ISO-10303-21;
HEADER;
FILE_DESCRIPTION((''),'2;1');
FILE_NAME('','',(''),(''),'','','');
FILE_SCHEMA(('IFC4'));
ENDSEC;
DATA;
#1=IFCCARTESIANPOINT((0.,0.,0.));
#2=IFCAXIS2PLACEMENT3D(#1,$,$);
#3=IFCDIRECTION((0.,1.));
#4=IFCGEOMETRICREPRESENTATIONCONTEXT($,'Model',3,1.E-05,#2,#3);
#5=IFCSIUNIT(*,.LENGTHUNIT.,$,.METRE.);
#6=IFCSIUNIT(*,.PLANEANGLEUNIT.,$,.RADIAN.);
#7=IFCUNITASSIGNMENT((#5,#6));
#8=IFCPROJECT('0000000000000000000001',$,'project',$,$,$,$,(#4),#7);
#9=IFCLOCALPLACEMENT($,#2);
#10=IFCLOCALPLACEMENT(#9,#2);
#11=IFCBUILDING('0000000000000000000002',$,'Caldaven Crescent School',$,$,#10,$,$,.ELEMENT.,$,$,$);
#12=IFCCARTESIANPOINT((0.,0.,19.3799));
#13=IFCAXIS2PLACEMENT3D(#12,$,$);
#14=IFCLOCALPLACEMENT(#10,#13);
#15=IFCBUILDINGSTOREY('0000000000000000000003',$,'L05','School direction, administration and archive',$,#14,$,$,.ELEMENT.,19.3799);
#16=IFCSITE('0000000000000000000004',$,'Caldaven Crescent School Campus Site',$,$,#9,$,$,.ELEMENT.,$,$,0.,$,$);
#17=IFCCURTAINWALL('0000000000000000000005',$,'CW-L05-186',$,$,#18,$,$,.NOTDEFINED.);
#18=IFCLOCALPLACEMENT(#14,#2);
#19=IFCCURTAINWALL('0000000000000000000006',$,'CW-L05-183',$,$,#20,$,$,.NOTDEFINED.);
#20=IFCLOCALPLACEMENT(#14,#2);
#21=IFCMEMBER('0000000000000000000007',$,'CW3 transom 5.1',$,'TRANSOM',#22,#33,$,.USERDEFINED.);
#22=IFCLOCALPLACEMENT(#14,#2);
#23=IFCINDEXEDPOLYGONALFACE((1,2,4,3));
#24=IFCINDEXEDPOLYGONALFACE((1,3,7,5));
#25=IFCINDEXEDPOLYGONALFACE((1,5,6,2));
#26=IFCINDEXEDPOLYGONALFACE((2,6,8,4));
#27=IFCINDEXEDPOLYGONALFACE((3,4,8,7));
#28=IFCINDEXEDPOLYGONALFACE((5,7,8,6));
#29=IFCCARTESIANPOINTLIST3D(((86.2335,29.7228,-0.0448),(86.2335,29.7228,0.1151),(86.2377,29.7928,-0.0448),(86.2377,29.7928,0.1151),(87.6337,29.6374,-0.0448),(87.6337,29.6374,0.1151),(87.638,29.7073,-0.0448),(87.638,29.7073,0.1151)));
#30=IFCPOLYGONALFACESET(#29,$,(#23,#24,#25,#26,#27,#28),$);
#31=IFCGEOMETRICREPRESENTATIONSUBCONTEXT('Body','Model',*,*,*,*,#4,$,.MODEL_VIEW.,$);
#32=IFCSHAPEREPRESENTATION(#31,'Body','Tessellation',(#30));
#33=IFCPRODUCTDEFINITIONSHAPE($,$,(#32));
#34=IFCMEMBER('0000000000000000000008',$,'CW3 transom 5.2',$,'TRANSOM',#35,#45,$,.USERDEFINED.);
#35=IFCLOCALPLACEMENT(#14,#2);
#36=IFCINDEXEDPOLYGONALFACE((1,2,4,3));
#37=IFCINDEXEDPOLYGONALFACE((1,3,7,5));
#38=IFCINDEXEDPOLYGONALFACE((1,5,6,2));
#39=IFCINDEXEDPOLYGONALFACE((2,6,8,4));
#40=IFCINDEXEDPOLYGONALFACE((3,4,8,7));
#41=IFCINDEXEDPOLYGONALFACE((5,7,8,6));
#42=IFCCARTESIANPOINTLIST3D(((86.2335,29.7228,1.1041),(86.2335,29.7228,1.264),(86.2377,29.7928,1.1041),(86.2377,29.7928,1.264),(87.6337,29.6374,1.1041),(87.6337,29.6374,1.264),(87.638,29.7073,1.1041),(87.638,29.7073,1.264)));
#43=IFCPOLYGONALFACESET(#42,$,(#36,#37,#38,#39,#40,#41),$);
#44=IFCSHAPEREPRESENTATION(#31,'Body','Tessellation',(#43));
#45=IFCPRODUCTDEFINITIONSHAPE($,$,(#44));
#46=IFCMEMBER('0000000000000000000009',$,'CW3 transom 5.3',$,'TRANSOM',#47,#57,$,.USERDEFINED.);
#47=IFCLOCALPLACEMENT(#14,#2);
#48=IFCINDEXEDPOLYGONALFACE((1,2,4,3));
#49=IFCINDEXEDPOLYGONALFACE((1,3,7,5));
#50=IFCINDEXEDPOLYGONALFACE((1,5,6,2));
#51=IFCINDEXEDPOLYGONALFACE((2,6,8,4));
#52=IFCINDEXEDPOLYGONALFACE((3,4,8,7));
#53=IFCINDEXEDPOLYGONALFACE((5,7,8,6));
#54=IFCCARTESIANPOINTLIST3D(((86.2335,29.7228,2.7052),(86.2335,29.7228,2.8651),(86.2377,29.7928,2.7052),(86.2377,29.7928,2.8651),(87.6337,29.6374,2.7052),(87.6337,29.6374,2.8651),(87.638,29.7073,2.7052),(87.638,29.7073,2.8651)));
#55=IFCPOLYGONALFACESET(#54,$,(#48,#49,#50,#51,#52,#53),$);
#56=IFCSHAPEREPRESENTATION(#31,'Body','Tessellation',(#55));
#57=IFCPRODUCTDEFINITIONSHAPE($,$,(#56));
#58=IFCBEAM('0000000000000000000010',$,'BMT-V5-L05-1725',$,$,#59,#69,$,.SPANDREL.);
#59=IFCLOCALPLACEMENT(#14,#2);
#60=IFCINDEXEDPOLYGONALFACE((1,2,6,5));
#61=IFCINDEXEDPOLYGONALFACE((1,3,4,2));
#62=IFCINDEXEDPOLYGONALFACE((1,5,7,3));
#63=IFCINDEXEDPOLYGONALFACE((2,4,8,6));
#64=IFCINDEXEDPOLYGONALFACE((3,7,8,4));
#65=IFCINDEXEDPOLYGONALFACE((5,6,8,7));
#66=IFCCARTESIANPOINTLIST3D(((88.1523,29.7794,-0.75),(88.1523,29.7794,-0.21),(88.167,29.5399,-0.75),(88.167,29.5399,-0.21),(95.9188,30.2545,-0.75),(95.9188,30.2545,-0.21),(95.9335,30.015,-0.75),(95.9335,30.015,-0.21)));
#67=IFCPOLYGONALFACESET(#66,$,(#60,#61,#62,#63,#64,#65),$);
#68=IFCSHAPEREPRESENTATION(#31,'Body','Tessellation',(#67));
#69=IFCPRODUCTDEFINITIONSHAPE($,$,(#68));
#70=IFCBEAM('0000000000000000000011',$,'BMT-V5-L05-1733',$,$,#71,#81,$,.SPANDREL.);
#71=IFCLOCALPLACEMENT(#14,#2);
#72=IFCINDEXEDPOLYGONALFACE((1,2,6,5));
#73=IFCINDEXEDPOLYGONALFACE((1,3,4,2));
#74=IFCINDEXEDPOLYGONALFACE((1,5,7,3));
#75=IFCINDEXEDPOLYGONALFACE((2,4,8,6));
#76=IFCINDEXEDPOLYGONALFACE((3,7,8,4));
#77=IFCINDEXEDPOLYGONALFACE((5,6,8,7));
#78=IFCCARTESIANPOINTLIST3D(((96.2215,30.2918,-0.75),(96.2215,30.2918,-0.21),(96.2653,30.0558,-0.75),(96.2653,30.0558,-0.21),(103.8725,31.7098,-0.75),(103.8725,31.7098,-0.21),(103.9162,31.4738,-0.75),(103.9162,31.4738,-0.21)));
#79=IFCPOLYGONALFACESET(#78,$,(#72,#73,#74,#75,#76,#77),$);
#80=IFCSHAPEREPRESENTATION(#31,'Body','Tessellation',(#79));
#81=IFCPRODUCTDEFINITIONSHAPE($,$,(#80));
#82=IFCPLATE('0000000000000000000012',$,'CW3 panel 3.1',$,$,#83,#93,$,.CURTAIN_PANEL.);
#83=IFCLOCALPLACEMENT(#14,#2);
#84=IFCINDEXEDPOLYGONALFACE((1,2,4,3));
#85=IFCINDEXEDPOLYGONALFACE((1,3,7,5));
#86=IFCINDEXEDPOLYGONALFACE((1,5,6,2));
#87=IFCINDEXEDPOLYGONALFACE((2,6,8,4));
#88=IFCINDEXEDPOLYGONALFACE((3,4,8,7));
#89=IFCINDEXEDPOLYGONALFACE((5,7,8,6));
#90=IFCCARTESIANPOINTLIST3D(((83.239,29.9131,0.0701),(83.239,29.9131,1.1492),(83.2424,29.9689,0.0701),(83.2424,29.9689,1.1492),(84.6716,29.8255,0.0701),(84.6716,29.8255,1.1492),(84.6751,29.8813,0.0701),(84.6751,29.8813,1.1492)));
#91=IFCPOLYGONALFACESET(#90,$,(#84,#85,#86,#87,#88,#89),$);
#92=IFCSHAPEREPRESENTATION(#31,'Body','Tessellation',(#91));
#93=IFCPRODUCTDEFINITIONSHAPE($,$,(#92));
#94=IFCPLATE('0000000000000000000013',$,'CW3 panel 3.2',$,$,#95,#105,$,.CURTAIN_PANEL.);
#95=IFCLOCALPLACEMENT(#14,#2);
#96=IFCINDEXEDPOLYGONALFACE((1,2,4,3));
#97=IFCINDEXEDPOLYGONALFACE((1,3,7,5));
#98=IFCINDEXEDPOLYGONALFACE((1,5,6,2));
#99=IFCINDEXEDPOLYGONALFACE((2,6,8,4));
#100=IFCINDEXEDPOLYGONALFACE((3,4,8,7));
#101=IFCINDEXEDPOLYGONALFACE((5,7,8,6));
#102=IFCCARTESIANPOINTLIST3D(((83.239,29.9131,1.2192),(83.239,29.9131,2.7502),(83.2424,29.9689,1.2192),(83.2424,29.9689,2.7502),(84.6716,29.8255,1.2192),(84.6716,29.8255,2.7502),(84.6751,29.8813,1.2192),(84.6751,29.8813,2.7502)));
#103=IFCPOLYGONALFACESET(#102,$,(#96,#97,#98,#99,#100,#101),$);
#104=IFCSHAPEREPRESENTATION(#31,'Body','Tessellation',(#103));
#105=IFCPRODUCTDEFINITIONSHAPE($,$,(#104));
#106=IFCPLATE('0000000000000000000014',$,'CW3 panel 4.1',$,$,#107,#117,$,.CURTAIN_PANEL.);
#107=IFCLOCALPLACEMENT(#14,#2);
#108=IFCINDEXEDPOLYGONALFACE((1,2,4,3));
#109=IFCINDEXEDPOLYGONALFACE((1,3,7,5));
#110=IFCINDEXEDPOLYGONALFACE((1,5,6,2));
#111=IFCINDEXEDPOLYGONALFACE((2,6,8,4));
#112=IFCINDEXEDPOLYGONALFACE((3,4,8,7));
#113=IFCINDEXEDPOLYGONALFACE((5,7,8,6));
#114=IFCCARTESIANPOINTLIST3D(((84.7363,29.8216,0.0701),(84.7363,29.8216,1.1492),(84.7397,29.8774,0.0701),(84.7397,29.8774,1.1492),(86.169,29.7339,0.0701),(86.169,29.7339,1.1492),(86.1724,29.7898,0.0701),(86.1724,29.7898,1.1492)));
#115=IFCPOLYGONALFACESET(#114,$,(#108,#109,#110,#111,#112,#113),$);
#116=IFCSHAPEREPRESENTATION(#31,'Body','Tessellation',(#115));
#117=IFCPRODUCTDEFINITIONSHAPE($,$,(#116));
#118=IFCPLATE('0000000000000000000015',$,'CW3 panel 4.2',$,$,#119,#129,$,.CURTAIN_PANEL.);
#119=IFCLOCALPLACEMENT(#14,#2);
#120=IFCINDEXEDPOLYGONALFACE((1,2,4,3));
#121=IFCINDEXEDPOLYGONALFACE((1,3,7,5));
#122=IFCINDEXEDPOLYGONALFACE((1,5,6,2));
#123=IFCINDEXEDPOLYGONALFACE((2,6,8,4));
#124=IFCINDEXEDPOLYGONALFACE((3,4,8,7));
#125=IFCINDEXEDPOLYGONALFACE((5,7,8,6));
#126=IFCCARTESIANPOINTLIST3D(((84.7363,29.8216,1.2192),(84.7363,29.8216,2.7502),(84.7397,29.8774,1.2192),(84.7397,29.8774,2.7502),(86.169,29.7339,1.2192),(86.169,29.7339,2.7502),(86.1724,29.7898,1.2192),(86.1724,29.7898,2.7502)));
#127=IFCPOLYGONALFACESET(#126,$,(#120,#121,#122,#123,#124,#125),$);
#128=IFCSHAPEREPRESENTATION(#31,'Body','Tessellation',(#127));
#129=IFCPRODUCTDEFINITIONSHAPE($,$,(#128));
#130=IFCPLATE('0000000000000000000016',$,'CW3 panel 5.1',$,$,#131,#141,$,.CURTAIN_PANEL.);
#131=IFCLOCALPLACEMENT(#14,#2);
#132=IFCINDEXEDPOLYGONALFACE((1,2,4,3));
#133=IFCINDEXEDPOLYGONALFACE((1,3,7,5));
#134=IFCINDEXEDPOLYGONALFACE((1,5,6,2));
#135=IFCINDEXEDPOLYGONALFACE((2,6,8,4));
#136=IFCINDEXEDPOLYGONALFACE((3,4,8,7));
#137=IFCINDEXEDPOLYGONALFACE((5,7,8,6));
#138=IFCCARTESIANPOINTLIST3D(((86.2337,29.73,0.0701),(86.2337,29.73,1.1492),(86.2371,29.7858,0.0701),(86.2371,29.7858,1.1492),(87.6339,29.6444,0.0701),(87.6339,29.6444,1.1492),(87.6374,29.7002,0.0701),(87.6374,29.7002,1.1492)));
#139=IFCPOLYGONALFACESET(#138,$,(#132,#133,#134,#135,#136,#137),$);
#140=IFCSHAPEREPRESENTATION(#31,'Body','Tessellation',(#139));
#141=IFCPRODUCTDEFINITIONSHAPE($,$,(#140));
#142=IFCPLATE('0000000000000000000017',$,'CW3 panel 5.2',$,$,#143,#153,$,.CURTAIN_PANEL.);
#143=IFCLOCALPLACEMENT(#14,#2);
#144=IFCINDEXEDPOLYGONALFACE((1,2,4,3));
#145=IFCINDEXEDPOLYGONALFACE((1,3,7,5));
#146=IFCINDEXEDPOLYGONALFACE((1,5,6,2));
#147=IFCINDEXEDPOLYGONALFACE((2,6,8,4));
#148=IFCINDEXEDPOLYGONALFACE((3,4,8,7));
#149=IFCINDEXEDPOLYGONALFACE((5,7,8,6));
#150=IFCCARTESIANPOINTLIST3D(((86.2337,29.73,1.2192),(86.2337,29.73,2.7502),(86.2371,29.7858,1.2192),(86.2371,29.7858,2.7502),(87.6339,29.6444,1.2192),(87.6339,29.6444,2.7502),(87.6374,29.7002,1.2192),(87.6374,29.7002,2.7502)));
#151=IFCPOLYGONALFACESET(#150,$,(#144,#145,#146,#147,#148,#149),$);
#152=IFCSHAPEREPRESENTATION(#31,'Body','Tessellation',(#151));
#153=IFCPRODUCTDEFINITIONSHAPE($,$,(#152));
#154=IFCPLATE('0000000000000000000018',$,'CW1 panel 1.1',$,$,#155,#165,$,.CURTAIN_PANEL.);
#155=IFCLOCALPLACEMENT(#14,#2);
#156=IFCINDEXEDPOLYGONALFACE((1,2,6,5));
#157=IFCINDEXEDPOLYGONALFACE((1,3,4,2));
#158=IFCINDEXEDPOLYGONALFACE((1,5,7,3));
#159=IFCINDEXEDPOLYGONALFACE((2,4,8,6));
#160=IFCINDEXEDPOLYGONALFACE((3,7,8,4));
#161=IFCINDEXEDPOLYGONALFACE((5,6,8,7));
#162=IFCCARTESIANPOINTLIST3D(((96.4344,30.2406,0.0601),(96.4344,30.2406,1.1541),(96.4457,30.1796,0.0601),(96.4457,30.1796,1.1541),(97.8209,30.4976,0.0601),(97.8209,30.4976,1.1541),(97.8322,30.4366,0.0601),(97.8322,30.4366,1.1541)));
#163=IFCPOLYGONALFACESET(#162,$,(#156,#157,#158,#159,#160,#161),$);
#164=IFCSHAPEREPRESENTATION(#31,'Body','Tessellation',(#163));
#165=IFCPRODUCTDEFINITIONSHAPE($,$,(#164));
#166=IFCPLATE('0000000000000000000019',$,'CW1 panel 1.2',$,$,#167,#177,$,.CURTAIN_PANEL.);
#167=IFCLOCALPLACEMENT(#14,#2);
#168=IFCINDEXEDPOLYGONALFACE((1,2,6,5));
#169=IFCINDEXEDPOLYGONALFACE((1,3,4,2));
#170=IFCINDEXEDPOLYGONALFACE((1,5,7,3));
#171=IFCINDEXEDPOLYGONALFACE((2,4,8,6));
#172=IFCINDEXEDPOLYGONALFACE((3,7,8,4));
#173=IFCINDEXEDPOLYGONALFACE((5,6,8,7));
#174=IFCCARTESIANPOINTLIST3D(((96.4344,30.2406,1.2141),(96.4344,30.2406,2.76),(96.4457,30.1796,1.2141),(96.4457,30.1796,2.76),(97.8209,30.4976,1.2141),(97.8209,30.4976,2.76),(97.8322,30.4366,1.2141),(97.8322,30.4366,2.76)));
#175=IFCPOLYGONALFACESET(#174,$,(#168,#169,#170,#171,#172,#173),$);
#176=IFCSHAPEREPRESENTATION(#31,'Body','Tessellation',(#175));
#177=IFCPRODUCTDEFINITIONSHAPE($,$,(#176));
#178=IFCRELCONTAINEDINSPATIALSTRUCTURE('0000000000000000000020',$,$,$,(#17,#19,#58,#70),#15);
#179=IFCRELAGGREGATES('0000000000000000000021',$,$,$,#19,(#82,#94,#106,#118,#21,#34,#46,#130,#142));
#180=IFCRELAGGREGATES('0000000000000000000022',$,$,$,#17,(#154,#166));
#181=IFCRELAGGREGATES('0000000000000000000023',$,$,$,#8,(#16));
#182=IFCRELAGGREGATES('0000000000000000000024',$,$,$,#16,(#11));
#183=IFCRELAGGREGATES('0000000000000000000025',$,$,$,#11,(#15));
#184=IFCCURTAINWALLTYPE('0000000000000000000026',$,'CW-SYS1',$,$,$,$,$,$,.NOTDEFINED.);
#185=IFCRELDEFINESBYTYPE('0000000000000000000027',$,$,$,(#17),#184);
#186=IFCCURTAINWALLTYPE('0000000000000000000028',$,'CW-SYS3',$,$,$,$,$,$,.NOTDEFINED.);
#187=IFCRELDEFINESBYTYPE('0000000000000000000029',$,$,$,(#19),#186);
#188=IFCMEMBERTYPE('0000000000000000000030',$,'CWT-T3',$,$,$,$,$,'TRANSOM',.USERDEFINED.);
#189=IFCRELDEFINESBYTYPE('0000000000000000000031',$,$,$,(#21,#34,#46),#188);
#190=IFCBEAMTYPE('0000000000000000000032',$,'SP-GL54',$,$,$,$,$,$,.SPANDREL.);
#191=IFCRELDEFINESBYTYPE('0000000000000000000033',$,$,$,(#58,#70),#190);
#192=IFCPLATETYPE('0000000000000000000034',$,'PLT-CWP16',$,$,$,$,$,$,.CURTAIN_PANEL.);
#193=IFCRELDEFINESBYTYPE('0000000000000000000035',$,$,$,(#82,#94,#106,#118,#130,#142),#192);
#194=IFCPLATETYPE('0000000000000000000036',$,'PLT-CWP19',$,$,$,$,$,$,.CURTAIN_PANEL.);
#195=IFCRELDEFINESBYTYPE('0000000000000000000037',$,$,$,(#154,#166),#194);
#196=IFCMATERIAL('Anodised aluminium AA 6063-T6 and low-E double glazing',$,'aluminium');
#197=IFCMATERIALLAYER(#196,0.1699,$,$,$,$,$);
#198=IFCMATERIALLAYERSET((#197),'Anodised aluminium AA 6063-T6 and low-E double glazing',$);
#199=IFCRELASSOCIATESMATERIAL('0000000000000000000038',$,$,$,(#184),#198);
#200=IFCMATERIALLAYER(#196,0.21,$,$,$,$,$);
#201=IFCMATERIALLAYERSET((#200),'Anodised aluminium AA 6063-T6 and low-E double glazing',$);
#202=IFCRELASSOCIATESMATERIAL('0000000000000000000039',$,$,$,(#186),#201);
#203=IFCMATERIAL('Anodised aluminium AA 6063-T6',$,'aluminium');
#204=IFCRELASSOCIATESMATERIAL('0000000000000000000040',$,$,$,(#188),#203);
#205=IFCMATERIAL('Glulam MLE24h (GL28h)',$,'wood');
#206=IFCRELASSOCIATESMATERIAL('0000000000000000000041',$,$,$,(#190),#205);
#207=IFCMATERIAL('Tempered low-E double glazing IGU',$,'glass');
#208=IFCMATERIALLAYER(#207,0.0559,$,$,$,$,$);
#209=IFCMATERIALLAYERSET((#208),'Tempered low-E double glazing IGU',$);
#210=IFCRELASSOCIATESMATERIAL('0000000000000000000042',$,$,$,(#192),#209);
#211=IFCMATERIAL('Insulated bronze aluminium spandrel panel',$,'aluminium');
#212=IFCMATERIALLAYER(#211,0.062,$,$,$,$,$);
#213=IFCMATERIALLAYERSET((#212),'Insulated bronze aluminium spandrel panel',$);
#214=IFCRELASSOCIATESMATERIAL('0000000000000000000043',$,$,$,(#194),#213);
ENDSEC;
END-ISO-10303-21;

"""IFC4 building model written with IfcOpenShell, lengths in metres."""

from ifc_helpers import new_model, si_unit, direction, frame, origin, origin_2d, place, context, subcontext, project, spatial, rectangle, extrude, material, layer, layer_set, material_profile, profile_set, type_object, element, aggregate, save


model = new_model("IFC4")

# Units and contexts
model_context = context("Model", 3, precision=1e-05, world=origin(), true_north=direction((0.0, 1.0)))
body_context = subcontext(model_context, "Body", "Model", "MODEL_VIEW")
ifc_project = project(units=[si_unit("LENGTHUNIT", "METRE"), si_unit("PLANEANGLEUNIT", "RADIAN")], contexts=[model_context])

# Site, building, storey
site_placement = place(None, origin())
site = spatial("IfcSite", under=ifc_project, at=site_placement, Name="Caldaven Crescent School Campus Site", CompositionType="ELEMENT", RefElevation=0.0)
building_placement = place(site_placement, origin())
building = spatial("IfcBuilding", under=site, at=building_placement, Name="Caldaven Crescent School", CompositionType="ELEMENT")
storey_placement = place(building_placement, frame((0.0, 0.0, 19.3799)))
storey = spatial("IfcBuildingStorey", under=building, at=storey_placement, Name="L05", Description="School direction, administration and archive", CompositionType="ELEMENT", Elevation=19.3799)

# Shared definitions
ifc_material_1 = material(Name="Glulam MLE24h (GL28h)", Category="wood")

# Curtain walls
ifc_material_2 = material(Name="Anodised aluminium AA 6063-T6 and low-E double glazing", Category="aluminium")
ifc_layer_1 = layer(ifc_material_2, 0.1699)
ifc_layer_set_1 = layer_set([ifc_layer_1], Name="Anodised aluminium AA 6063-T6 and low-E double glazing")
curtain_wall_type_1 = type_object("IfcCurtainWallType", Name="CW-SYS1", PredefinedType="NOTDEFINED", material=ifc_layer_set_1)
curtain_wall_1_placement = place(storey_placement, origin())
curtain_wall_1 = element("IfcCurtainWall", 1, at=curtain_wall_1_placement, inside=storey, type_object=curtain_wall_type_1, Name="CW-L05-186", PredefinedType="NOTDEFINED")
ifc_material_3 = material(Name="Anodised aluminium AA 6063-T6", Category="aluminium")
ifc_layer_2 = layer(ifc_material_2, 0.21)
ifc_layer_set_2 = layer_set([ifc_layer_2], Name="Anodised aluminium AA 6063-T6 and low-E double glazing")
curtain_wall_type_2 = type_object("IfcCurtainWallType", Name="CW-SYS3", PredefinedType="NOTDEFINED", material=ifc_layer_set_2)
curtain_wall_2_placement = place(storey_placement, origin())
curtain_wall_2 = element("IfcCurtainWall", 2, at=curtain_wall_2_placement, inside=storey, type_object=curtain_wall_type_2, Name="CW-L05-183", PredefinedType="NOTDEFINED")

# Members
ifc_material_profile_1 = material_profile(ifc_material_3, rectangle(XDim=0.0701, YDim=0.1599, at=origin_2d()), Name="CWT 70x160")
ifc_profile_set_1 = profile_set([ifc_material_profile_1], Name="Anodised aluminium AA 6063-T6")
member_type_1 = type_object("IfcMemberType", Name="CWT-T3", ElementType="TRANSOM", PredefinedType="USERDEFINED", material=ifc_profile_set_1)
member_1_placement = place(storey_placement, frame((86.2356, 29.7578, 0.0352), z_axis=(0.998143, -0.060915, 0.0), x_axis=(0.060915, 0.998143, 0.0)))
member_1 = element("IfcMember", 3, at=member_1_placement, type_object=member_type_1, Name="CW3 transom 5.1", ObjectType="TRANSOM", PredefinedType="USERDEFINED", context=body_context, shape_type="SweptSolid", body=[
    extrude(rectangle(XDim=0.0701, YDim=0.1599, at=origin_2d()), origin(), (0.0, 0.0, 1.0), 1.4028),
])
member_2_placement = place(storey_placement, frame((86.2356, 29.7578, 1.1841), z_axis=(0.998143, -0.060915, 0.0), x_axis=(0.060915, 0.998143, 0.0)))
member_2 = element("IfcMember", 4, at=member_2_placement, type_object=member_type_1, Name="CW3 transom 5.2", ObjectType="TRANSOM", PredefinedType="USERDEFINED", context=body_context, shape_type="SweptSolid", body=[
    extrude(rectangle(XDim=0.0701, YDim=0.1599, at=origin_2d()), origin(), (0.0, 0.0, 1.0), 1.4028),
])
member_3_placement = place(storey_placement, frame((86.2356, 29.7578, 2.7852), z_axis=(0.998143, -0.060915, 0.0), x_axis=(0.060915, 0.998143, 0.0)))
member_3 = element("IfcMember", 5, at=member_3_placement, type_object=member_type_1, Name="CW3 transom 5.3", ObjectType="TRANSOM", PredefinedType="USERDEFINED", context=body_context, shape_type="SweptSolid", body=[
    extrude(rectangle(XDim=0.0701, YDim=0.1599, at=origin_2d()), origin(), (0.0, 0.0, 1.0), 1.4028),
])

# Beams
ifc_material_profile_2 = material_profile(ifc_material_1, rectangle(XDim=0.24, YDim=0.54, at=origin_2d()), Name="MLE 240x540")
ifc_profile_set_2 = profile_set([ifc_material_profile_2], Name="Glulam MLE24h (GL28h)")
beam_type = type_object("IfcBeamType", Name="SP-GL54", PredefinedType="SPANDREL", material=ifc_profile_set_2)
beam_1_placement = place(storey_placement, frame((88.1597, 29.6597, -0.48), z_axis=(0.998134, 0.061058, 0.0), x_axis=(-0.061058, 0.998134, 0.0)))
element("IfcBeam", 6, at=beam_1_placement, inside=storey, type_object=beam_type, Name="BMT-V5-L05-1725", PredefinedType="SPANDREL", context=body_context, shape_type="SweptSolid", body=[
    extrude(rectangle(XDim=0.24, YDim=0.54, at=origin_2d()), origin(), (0.0, 0.0, 1.0), 7.781),
])
beam_2_placement = place(storey_placement, frame((96.2434, 30.1738, -0.48), z_axis=(0.983256, 0.182231, 0.0), x_axis=(-0.182231, 0.983256, 0.0)))
element("IfcBeam", 7, at=beam_2_placement, inside=storey, type_object=beam_type, Name="BMT-V5-L05-1733", PredefinedType="SPANDREL", context=body_context, shape_type="SweptSolid", body=[
    extrude(rectangle(XDim=0.24, YDim=0.54, at=origin_2d()), origin(), (0.0, 0.0, 1.0), 7.7812),
])

# Plates
ifc_material_4 = material(Name="Tempered low-E double glazing IGU", Category="glass")
ifc_layer_3 = layer(ifc_material_4, 0.0559)
ifc_layer_set_3 = layer_set([ifc_layer_3], Name="Tempered low-E double glazing IGU")
plate_type_1 = type_object("IfcPlateType", Name="PLT-CWP16", PredefinedType="CURTAIN_PANEL", material=ifc_layer_set_3)
plate_1_placement = place(storey_placement, frame((83.957, 29.8972, 0.0701), z_axis=(0.0, 0.0, 1.0), x_axis=(0.998135, -0.061049, 0.0)))
plate_1 = element("IfcPlate", 8, at=plate_1_placement, type_object=plate_type_1, Name="CW3 panel 3.1", PredefinedType="CURTAIN_PANEL", context=body_context, shape_type="SweptSolid", body=[
    extrude(rectangle(XDim=1.4353, YDim=0.0559, at=origin_2d()), origin(), (0.0, 0.0, 1.0), 1.0791),
])
plate_2_placement = place(storey_placement, frame((83.957, 29.8972, 1.2192), z_axis=(0.0, 0.0, 1.0), x_axis=(0.998135, -0.061049, 0.0)))
plate_2 = element("IfcPlate", 9, at=plate_2_placement, type_object=plate_type_1, Name="CW3 panel 3.2", PredefinedType="CURTAIN_PANEL", context=body_context, shape_type="SweptSolid", body=[
    extrude(rectangle(XDim=1.4353, YDim=0.0559, at=origin_2d()), origin(), (0.0, 0.0, 1.0), 1.531),
])
plate_3_placement = place(storey_placement, frame((85.4543, 29.8057, 0.0701), z_axis=(0.0, 0.0, 1.0), x_axis=(0.998135, -0.061049, 0.0)))
plate_3 = element("IfcPlate", 10, at=plate_3_placement, type_object=plate_type_1, Name="CW3 panel 4.1", PredefinedType="CURTAIN_PANEL", context=body_context, shape_type="SweptSolid", body=[
    extrude(rectangle(XDim=1.4353, YDim=0.0559, at=origin_2d()), origin(), (0.0, 0.0, 1.0), 1.0791),
])
plate_4_placement = place(storey_placement, frame((85.4543, 29.8057, 1.2192), z_axis=(0.0, 0.0, 1.0), x_axis=(0.998135, -0.061049, 0.0)))
plate_4 = element("IfcPlate", 11, at=plate_4_placement, type_object=plate_type_1, Name="CW3 panel 4.2", PredefinedType="CURTAIN_PANEL", context=body_context, shape_type="SweptSolid", body=[
    extrude(rectangle(XDim=1.4353, YDim=0.0559, at=origin_2d()), origin(), (0.0, 0.0, 1.0), 1.531),
])
plate_5_placement = place(storey_placement, frame((86.9355, 29.7151, 0.0701), z_axis=(0.0, 0.0, 1.0), x_axis=(0.998135, -0.061049, 0.0)))
plate_5 = element("IfcPlate", 12, at=plate_5_placement, type_object=plate_type_1, Name="CW3 panel 5.1", PredefinedType="CURTAIN_PANEL", context=body_context, shape_type="SweptSolid", body=[
    extrude(rectangle(XDim=1.4028, YDim=0.0559, at=origin_2d()), origin(), (0.0, 0.0, 1.0), 1.0791),
])
plate_6_placement = place(storey_placement, frame((86.9355, 29.7151, 1.2192), z_axis=(0.0, 0.0, 1.0), x_axis=(0.998135, -0.061049, 0.0)))
plate_6 = element("IfcPlate", 13, at=plate_6_placement, type_object=plate_type_1, Name="CW3 panel 5.2", PredefinedType="CURTAIN_PANEL", context=body_context, shape_type="SweptSolid", body=[
    extrude(rectangle(XDim=1.4028, YDim=0.0559, at=origin_2d()), origin(), (0.0, 0.0, 1.0), 1.531),
])
aggregate(curtain_wall_2, [plate_1, plate_2, plate_3, plate_4, member_1, member_2, member_3, plate_5, plate_6])
ifc_material_5 = material(Name="Insulated bronze aluminium spandrel panel", Category="aluminium")
ifc_layer_4 = layer(ifc_material_5, 0.062)
ifc_layer_set_4 = layer_set([ifc_layer_4], Name="Insulated bronze aluminium spandrel panel")
plate_type_2 = type_object("IfcPlateType", Name="PLT-CWP19", PredefinedType="CURTAIN_PANEL", material=ifc_layer_set_4)
plate_7_placement = place(storey_placement, frame((97.1333, 30.3386, 0.0601), z_axis=(0.0, 0.0, 1.0), x_axis=(0.983255, 0.182236, 0.0)))
plate_7 = element("IfcPlate", 14, at=plate_7_placement, type_object=plate_type_2, Name="CW1 panel 1.1", PredefinedType="CURTAIN_PANEL", context=body_context, shape_type="SweptSolid", body=[
    extrude(rectangle(XDim=1.4102, YDim=0.062, at=origin_2d()), origin(), (0.0, 0.0, 1.0), 1.094),
])
plate_8_placement = place(storey_placement, frame((97.1333, 30.3386, 1.2141), z_axis=(0.0, 0.0, 1.0), x_axis=(0.983255, 0.182236, 0.0)))
plate_8 = element("IfcPlate", 15, at=plate_8_placement, type_object=plate_type_2, Name="CW1 panel 1.2", PredefinedType="CURTAIN_PANEL", context=body_context, shape_type="SweptSolid", body=[
    extrude(rectangle(XDim=1.4102, YDim=0.062, at=origin_2d()), origin(), (0.0, 0.0, 1.0), 1.5459),
])
aggregate(curtain_wall_1, [plate_7, plate_8])

save(model, "model.ifc")
